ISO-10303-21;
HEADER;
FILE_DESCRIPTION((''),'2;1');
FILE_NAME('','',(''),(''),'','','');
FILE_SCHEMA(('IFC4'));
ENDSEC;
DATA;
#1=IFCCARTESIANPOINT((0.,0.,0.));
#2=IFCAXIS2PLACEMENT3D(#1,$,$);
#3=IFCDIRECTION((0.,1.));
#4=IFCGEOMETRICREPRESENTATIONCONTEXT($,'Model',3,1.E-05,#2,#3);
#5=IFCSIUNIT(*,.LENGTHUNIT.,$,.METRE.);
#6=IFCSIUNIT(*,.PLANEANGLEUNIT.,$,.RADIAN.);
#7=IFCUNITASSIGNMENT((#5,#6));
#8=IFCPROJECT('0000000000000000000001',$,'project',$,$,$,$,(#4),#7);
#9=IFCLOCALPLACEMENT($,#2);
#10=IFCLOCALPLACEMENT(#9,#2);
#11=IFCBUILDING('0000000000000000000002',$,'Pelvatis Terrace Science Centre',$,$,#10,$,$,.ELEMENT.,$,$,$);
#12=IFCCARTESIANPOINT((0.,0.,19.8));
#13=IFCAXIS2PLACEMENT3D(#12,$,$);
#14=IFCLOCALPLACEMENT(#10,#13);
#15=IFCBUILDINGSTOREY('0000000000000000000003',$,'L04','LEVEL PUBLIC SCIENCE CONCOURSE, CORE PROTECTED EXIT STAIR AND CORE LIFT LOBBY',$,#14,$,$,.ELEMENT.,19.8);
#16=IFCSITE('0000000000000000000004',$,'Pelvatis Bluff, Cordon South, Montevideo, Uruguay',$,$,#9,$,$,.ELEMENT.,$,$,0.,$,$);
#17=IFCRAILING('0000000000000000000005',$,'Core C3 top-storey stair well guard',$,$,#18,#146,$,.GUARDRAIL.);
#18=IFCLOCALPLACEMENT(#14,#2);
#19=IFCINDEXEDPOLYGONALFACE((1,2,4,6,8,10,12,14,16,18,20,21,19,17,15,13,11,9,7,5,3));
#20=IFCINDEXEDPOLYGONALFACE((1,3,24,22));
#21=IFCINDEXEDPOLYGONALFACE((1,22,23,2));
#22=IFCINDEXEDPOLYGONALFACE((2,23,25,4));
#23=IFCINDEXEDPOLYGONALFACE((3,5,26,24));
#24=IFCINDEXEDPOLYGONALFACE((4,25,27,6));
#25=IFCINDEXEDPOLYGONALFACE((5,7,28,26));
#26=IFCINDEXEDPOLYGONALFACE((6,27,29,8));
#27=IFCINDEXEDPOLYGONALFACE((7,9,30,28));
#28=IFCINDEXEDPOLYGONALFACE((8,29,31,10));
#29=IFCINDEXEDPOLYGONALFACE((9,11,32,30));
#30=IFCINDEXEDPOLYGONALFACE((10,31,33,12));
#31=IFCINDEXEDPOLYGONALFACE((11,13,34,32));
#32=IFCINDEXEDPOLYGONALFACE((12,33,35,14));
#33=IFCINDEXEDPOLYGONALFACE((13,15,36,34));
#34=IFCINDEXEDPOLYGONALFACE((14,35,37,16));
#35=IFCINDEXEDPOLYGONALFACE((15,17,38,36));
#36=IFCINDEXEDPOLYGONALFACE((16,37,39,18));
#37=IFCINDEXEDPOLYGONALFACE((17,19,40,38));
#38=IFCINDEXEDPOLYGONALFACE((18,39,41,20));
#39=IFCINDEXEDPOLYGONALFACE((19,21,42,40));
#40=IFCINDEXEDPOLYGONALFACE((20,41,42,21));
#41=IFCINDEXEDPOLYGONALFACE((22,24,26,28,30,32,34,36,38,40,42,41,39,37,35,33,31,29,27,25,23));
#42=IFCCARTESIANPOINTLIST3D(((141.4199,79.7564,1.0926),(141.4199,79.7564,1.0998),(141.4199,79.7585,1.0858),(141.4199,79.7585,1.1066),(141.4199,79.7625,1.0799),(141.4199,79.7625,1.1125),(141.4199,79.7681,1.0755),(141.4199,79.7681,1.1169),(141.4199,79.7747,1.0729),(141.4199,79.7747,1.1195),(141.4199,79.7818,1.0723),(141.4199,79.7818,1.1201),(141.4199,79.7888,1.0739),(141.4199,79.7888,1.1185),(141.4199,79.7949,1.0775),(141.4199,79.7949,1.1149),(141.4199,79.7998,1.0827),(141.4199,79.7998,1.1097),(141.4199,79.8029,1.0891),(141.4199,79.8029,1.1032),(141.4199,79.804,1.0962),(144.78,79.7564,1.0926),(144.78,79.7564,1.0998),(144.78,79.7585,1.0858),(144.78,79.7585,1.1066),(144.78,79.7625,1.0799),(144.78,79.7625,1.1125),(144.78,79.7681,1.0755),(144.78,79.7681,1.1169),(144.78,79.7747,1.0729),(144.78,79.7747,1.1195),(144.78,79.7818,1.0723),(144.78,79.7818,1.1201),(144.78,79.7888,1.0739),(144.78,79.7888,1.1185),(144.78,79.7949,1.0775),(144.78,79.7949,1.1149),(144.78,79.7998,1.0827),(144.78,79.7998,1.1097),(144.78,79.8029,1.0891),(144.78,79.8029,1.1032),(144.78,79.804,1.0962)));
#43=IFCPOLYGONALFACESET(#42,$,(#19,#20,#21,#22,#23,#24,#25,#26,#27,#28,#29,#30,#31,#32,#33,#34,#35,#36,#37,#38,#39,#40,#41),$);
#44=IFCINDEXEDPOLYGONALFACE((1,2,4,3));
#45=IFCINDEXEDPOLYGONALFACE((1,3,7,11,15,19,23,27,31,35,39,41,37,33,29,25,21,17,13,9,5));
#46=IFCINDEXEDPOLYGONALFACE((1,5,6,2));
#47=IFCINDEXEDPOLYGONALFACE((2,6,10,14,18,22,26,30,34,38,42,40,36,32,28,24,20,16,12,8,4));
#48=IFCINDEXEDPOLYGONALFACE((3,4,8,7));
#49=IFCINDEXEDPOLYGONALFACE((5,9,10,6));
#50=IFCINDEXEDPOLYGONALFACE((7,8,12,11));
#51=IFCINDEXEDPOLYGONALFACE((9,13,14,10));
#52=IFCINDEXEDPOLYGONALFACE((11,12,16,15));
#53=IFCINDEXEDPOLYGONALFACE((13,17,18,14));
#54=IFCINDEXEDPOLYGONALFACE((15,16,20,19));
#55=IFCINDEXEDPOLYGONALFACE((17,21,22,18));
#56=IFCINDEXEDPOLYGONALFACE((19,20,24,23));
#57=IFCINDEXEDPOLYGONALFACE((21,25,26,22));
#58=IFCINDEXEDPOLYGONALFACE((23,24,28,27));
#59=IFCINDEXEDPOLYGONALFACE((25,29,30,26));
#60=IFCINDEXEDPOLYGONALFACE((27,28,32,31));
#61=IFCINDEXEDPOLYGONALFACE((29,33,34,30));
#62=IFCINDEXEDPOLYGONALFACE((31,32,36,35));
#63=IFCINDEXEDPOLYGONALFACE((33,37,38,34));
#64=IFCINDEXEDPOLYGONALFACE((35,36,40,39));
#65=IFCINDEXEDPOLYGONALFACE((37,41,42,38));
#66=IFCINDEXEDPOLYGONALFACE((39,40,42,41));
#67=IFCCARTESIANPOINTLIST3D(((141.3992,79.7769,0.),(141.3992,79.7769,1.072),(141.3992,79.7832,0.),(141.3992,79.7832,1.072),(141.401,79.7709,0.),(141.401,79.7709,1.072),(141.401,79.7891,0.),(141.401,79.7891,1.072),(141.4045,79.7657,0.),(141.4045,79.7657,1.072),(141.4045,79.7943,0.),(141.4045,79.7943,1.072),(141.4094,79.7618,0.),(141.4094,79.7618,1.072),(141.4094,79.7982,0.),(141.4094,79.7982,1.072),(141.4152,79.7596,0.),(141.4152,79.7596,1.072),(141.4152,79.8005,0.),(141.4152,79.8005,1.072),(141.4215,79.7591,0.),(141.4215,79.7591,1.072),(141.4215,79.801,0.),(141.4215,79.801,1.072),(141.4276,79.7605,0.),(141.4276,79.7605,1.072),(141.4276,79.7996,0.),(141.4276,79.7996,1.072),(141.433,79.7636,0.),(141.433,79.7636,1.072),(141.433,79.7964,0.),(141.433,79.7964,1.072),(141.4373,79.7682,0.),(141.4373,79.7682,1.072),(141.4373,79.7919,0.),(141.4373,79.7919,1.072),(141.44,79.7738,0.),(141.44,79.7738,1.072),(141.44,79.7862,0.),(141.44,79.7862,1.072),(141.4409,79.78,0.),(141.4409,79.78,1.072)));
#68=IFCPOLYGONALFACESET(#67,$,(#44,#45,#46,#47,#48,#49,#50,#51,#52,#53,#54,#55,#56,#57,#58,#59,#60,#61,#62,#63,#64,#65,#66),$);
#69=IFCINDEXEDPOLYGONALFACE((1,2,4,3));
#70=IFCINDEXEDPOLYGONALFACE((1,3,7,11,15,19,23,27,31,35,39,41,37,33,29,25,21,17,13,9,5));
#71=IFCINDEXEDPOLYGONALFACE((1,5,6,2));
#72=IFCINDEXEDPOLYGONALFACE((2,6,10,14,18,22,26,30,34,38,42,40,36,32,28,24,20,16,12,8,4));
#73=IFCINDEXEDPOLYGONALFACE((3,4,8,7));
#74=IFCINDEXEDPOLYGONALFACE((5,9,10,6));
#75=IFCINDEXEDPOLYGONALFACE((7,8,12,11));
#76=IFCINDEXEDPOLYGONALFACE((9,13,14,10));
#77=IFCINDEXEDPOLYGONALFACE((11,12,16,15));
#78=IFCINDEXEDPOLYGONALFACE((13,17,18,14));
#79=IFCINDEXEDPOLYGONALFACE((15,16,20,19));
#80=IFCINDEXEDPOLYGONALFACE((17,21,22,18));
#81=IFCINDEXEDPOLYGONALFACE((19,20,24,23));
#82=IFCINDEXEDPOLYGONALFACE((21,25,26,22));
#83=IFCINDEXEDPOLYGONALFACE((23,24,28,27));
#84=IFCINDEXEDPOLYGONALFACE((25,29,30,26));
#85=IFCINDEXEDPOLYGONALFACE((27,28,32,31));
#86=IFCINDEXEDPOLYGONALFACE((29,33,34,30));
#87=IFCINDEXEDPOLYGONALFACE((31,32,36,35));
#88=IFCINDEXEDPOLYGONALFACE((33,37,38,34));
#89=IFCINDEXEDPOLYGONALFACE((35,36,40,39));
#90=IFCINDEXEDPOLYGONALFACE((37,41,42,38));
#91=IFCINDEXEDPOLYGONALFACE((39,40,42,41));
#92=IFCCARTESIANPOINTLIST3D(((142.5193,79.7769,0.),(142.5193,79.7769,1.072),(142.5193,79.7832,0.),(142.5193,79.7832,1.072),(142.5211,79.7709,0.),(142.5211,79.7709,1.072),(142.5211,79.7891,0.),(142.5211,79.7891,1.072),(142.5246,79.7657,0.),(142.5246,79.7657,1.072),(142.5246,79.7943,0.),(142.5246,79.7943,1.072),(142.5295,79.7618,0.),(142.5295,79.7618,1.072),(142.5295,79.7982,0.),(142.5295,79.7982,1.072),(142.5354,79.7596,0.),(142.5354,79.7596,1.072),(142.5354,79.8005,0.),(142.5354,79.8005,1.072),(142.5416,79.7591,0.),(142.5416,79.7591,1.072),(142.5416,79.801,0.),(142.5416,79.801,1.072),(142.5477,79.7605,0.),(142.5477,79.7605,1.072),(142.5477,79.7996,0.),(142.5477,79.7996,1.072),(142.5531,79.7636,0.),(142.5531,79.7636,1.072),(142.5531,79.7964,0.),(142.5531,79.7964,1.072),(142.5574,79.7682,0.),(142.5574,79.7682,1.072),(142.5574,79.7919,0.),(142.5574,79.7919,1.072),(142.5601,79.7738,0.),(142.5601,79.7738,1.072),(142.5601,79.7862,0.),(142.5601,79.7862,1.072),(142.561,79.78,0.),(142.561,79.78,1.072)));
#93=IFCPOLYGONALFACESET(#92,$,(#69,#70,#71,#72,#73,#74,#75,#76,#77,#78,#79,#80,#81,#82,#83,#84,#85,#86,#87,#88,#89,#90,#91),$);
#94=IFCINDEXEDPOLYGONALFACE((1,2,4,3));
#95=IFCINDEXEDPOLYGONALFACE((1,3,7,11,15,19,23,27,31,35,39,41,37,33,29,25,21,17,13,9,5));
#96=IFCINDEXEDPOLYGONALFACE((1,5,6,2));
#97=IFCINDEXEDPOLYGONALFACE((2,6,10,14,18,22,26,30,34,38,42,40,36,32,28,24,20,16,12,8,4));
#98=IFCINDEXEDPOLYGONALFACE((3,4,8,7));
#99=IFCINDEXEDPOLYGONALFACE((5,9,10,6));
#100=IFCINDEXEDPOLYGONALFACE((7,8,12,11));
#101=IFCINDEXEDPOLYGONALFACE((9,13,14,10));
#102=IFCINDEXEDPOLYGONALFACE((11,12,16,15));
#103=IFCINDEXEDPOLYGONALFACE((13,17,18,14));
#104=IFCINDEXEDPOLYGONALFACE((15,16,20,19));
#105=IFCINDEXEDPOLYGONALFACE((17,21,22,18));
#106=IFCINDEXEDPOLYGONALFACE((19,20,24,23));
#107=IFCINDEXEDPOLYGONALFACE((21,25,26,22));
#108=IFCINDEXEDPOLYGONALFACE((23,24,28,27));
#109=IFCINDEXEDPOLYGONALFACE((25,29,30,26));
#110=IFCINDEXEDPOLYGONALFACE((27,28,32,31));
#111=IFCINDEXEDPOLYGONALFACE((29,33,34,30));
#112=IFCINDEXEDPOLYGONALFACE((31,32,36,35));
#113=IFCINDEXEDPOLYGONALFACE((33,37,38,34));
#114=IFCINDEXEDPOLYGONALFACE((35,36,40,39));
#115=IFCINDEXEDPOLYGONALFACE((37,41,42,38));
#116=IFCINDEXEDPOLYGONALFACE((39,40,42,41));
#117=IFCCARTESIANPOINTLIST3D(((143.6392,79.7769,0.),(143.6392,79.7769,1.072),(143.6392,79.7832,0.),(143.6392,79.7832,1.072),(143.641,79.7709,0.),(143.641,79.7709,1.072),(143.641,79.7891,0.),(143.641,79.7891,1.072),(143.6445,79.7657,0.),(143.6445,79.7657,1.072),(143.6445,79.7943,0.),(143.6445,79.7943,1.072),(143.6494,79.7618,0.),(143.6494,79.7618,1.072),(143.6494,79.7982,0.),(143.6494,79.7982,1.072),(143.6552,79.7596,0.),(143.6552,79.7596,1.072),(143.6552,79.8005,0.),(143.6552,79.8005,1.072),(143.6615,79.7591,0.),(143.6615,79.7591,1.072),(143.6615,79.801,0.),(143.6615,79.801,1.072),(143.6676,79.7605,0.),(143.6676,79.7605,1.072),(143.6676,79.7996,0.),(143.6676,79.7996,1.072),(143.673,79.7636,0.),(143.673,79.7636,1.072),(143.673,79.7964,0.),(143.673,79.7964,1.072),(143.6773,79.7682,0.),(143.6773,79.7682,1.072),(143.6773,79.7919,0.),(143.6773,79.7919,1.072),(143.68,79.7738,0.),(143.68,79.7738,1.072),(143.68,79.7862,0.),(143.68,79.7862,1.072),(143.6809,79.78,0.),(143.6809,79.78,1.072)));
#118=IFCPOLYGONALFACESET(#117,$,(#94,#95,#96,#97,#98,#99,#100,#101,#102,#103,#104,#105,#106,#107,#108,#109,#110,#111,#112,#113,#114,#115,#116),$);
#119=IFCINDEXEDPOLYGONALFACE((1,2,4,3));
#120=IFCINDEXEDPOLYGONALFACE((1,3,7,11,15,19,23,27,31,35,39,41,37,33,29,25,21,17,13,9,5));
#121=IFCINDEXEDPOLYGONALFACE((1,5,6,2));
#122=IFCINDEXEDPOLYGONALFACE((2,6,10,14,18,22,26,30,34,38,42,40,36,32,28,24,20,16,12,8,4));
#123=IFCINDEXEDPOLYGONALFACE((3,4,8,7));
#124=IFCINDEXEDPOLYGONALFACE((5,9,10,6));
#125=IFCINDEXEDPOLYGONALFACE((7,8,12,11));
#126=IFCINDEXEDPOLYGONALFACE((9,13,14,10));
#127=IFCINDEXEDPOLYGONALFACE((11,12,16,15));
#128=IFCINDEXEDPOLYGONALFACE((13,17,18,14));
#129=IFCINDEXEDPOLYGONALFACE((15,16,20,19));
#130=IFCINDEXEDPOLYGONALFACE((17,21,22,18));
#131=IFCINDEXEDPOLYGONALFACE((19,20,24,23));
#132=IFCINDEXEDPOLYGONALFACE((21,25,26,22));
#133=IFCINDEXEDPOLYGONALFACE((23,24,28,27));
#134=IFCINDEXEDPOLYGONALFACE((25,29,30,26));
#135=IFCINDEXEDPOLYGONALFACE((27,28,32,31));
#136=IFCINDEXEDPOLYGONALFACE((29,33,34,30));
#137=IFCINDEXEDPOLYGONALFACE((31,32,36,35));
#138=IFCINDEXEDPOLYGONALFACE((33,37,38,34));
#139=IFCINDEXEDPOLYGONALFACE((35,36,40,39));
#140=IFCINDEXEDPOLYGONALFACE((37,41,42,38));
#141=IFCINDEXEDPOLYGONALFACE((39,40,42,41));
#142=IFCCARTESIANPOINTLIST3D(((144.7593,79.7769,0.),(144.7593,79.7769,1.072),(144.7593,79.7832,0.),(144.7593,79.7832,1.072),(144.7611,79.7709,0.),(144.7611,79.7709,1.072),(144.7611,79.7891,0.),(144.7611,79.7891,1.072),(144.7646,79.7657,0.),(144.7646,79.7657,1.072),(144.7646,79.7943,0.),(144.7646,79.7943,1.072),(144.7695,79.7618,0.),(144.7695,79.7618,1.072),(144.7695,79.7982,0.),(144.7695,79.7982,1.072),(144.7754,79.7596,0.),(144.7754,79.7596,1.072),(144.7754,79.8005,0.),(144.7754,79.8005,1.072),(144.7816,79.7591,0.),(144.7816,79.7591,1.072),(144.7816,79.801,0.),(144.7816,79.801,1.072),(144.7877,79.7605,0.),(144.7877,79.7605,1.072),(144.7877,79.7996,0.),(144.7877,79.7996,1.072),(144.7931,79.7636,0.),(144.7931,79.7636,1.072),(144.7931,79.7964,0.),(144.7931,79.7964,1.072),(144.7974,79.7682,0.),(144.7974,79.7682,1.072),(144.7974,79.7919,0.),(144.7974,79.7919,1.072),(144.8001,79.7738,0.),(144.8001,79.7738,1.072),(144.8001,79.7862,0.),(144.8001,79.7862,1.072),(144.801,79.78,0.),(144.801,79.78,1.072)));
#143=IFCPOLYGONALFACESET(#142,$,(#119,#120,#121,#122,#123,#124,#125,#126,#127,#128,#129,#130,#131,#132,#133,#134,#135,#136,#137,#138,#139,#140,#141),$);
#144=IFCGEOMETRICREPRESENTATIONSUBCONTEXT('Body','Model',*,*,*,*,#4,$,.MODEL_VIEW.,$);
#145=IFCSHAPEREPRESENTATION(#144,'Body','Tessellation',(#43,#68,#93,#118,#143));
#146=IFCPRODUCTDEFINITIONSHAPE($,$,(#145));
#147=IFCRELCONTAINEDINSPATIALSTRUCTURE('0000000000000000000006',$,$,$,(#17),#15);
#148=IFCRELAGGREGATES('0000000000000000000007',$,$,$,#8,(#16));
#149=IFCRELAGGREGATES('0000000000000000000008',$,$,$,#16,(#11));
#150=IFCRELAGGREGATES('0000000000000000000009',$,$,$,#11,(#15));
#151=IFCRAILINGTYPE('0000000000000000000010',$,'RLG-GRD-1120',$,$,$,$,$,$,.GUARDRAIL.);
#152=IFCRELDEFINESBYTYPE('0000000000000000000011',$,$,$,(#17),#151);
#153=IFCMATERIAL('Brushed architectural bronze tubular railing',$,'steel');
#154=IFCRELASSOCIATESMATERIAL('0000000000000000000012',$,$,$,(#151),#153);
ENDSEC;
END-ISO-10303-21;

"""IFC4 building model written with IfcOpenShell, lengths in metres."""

from ifc_helpers import new_model, si_unit, direction, frame, origin, origin_2d, place, context, subcontext, project, spatial, circle, extrude, material, type_object, element, save


model = new_model("IFC4")

# Units and contexts
model_context = context("Model", 3, precision=1e-05, world=origin(), true_north=direction((0.0, 1.0)))
body_context = subcontext(model_context, "Body", "Model", "MODEL_VIEW")
ifc_project = project(units=[si_unit("LENGTHUNIT", "METRE"), si_unit("PLANEANGLEUNIT", "RADIAN")], contexts=[model_context])

# Site, building, storey
site_placement = place(None, origin())
site = spatial("IfcSite", under=ifc_project, at=site_placement, Name="Pelvatis Bluff, Cordon South, Montevideo, Uruguay", CompositionType="ELEMENT", RefElevation=0.0)
building_placement = place(site_placement, origin())
building = spatial("IfcBuilding", under=site, at=building_placement, Name="Pelvatis Terrace Science Centre", CompositionType="ELEMENT")
storey_placement = place(building_placement, frame((0.0, 0.0, 19.8)))
storey = spatial("IfcBuildingStorey", under=building, at=storey_placement, Name="L04", Description="LEVEL PUBLIC SCIENCE CONCOURSE, CORE PROTECTED EXIT STAIR AND CORE LIFT LOBBY", CompositionType="ELEMENT", Elevation=19.8)

# Railing
ifc_material_1 = material(Name="Brushed architectural bronze tubular railing", Category="steel")
railing_type = type_object("IfcRailingType", Name="RLG-GRD-1120", PredefinedType="GUARDRAIL", material=ifc_material_1)
railing_placement = place(storey_placement, frame((141.4199, 79.78, 0.0)))
element("IfcRailing", 1, at=railing_placement, inside=storey, type_object=railing_type, Name="Core C3 top-storey stair well guard", PredefinedType="GUARDRAIL", context=body_context, shape_type="SweptSolid", body=[
    extrude(circle(Radius=0.0239, at=origin_2d()), frame((0.0, 0.0, 1.0962), z_axis=(1.0, 0.0, 0.0), x_axis=(0.0, 1.0, 0.0)), (0.0, 0.0, 1.0), 3.3601),
    extrude(circle(Radius=0.021, at=origin_2d()), origin(), (0.0, 0.0, 1.0), 1.072),
    extrude(circle(Radius=0.021, at=origin_2d()), frame((1.1201, 0.0, 0.0)), (0.0, 0.0, 1.0), 1.072),
    extrude(circle(Radius=0.021, at=origin_2d()), frame((2.24, 0.0, 0.0)), (0.0, 0.0, 1.0), 1.072),
    extrude(circle(Radius=0.021, at=origin_2d()), frame((3.3601, 0.0, 0.0)), (0.0, 0.0, 1.0), 1.072),
])

save(model, "model.ifc")
